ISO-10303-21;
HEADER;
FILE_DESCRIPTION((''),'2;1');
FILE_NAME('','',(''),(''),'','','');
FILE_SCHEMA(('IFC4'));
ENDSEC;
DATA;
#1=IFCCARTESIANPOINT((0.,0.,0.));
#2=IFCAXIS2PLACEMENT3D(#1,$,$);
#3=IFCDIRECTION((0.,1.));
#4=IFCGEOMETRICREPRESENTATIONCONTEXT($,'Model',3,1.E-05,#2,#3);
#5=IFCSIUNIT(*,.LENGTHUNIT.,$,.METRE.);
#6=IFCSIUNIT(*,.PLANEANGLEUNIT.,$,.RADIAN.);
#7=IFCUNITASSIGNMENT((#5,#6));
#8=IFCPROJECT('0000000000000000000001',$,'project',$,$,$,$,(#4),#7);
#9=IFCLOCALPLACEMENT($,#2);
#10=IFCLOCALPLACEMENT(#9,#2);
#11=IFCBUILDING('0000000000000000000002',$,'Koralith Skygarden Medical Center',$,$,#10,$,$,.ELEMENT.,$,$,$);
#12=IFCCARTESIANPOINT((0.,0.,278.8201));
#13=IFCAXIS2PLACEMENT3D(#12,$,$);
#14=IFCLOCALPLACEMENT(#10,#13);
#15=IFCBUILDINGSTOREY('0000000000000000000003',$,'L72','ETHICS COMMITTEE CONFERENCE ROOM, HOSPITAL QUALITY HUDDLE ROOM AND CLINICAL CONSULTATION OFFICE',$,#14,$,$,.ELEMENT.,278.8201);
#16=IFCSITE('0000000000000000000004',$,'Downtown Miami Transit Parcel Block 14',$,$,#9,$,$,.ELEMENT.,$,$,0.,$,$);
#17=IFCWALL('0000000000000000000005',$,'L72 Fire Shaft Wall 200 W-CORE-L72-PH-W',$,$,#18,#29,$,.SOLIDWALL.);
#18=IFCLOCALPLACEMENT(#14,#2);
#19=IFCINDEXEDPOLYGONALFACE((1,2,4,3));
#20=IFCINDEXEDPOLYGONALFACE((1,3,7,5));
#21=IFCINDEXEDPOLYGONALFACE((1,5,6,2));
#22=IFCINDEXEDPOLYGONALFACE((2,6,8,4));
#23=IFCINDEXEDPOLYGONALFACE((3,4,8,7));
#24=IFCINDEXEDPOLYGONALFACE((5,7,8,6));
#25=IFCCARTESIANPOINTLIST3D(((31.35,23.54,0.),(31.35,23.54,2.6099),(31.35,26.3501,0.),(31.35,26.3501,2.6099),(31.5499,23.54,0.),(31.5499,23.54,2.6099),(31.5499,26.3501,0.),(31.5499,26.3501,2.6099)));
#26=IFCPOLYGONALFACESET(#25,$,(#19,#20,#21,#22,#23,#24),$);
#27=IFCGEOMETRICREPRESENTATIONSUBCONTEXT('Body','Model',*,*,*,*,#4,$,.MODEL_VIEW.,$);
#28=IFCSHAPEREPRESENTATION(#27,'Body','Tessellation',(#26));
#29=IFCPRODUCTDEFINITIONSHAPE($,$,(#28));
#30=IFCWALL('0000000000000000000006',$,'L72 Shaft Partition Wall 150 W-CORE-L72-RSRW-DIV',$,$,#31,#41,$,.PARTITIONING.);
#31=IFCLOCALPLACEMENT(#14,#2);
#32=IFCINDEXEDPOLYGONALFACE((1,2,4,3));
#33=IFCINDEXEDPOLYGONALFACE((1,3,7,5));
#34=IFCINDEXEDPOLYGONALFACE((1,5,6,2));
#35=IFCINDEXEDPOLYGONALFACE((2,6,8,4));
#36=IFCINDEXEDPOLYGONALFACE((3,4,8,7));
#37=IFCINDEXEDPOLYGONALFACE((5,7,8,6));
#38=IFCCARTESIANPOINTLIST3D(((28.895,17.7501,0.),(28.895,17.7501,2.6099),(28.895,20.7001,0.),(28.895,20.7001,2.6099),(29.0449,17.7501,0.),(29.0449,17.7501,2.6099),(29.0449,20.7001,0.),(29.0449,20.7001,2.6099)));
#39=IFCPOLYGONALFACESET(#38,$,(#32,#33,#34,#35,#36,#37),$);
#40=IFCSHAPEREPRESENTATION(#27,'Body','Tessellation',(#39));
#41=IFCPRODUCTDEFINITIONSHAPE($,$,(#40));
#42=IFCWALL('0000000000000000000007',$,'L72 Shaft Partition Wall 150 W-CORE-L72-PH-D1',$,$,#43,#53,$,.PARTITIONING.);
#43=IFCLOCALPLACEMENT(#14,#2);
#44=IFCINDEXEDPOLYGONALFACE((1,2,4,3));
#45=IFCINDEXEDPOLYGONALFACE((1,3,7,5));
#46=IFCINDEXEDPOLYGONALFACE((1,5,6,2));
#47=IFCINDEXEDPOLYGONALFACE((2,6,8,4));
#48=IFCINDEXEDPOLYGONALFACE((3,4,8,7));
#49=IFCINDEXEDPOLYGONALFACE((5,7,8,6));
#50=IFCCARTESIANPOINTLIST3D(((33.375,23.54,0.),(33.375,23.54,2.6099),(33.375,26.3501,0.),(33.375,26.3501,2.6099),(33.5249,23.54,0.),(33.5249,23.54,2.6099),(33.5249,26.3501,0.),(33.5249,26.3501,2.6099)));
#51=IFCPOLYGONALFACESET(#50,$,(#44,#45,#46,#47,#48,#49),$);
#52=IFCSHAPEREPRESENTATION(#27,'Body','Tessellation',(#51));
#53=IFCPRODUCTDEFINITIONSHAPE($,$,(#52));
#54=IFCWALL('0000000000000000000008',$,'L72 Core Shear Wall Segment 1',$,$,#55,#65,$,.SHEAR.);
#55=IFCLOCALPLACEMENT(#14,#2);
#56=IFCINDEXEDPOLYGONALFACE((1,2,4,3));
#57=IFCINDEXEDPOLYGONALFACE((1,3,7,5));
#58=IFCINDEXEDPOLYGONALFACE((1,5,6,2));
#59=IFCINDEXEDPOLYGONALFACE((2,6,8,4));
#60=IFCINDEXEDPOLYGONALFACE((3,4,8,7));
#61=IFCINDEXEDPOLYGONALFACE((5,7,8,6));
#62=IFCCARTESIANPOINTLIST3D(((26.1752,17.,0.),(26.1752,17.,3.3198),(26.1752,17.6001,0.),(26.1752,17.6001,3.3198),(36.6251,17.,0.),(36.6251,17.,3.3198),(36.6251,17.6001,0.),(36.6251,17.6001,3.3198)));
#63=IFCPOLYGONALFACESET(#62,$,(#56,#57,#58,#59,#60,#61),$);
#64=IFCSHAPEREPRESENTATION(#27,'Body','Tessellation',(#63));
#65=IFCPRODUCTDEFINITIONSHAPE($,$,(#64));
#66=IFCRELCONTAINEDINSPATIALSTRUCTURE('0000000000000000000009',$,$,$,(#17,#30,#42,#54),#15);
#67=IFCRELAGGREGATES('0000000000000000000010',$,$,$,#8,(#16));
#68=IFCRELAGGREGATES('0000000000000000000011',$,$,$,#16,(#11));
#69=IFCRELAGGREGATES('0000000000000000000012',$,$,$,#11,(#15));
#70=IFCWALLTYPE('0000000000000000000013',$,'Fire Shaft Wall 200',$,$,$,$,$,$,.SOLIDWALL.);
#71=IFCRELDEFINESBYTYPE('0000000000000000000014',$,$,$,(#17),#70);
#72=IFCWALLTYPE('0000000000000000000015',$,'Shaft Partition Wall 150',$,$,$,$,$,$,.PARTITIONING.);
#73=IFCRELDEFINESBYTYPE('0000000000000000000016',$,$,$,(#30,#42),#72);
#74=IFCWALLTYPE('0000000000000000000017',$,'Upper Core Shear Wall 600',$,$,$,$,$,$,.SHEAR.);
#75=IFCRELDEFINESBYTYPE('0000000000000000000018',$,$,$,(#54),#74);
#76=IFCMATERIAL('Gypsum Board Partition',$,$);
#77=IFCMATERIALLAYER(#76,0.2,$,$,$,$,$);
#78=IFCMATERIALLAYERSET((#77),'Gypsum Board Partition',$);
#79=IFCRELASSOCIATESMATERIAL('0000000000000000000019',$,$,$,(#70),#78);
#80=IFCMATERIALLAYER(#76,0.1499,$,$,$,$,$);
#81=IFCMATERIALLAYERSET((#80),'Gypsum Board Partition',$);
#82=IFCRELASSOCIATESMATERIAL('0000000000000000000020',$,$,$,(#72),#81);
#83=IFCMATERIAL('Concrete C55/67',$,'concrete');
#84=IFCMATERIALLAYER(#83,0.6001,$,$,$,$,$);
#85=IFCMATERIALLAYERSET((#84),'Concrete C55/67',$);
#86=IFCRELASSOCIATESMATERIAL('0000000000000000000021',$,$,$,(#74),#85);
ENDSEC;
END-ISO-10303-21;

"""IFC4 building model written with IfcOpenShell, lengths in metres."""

from ifc_helpers import new_model, si_unit, direction, frame, frame_2d, origin, place, context, subcontext, project, spatial, rectangle, extrude, material, layer, layer_set, type_object, element, save


model = new_model("IFC4")

# Units and contexts
model_context = context("Model", 3, precision=1e-05, world=origin(), true_north=direction((0.0, 1.0)))
body_context = subcontext(model_context, "Body", "Model", "MODEL_VIEW")
ifc_project = project(units=[si_unit("LENGTHUNIT", "METRE"), si_unit("PLANEANGLEUNIT", "RADIAN")], contexts=[model_context])

# Site, building, storey
site_placement = place(None, origin())
site = spatial("IfcSite", under=ifc_project, at=site_placement, Name="Downtown Miami Transit Parcel Block 14", CompositionType="ELEMENT", RefElevation=0.0)
building_placement = place(site_placement, origin())
building = spatial("IfcBuilding", under=site, at=building_placement, Name="Koralith Skygarden Medical Center", CompositionType="ELEMENT")
storey_placement = place(building_placement, frame((0.0, 0.0, 278.8201)))
storey = spatial("IfcBuildingStorey", under=building, at=storey_placement, Name="L72", Description="ETHICS COMMITTEE CONFERENCE ROOM, HOSPITAL QUALITY HUDDLE ROOM AND CLINICAL CONSULTATION OFFICE", CompositionType="ELEMENT", Elevation=278.8201)

# Shared definitions
ifc_material_1 = material(Name="Concrete C55/67", Category="concrete")

# Shared definitions
ifc_material_2 = material(Name="Gypsum Board Partition")

# Shared definitions
ifc_layer_1 = layer(ifc_material_2, 0.2)
ifc_layer_set_1 = layer_set([ifc_layer_1], Name="Gypsum Board Partition")
wall_type_1 = type_object("IfcWallType", Name="Fire Shaft Wall 200", PredefinedType="SOLIDWALL", material=ifc_layer_set_1)

# Walls
wall_1_placement = place(storey_placement, frame((31.45, 23.54, 0.0), z_axis=(0.0, 0.0, 1.0), x_axis=(0.0, 1.0, 0.0)))
element("IfcWall", 1, at=wall_1_placement, inside=storey, type_object=wall_type_1, Name="L72 Fire Shaft Wall 200 W-CORE-L72-PH-W", PredefinedType="SOLIDWALL", context=body_context, shape_type="SweptSolid", body=[
    extrude(rectangle(XDim=2.8101, YDim=0.2, at=frame_2d((1.405, 0.0))), origin(), (0.0, 0.0, 1.0), 2.6099),
])
ifc_layer_2 = layer(ifc_material_2, 0.1499)
ifc_layer_set_2 = layer_set([ifc_layer_2], Name="Gypsum Board Partition")
wall_type_2 = type_object("IfcWallType", Name="Shaft Partition Wall 150", PredefinedType="PARTITIONING", material=ifc_layer_set_2)
wall_2_placement = place(storey_placement, frame((28.97, 17.75, 0.0), z_axis=(0.0, 0.0, 1.0), x_axis=(0.0, 1.0, 0.0)))
element("IfcWall", 2, at=wall_2_placement, inside=storey, type_object=wall_type_2, Name="L72 Shaft Partition Wall 150 W-CORE-L72-RSRW-DIV", PredefinedType="PARTITIONING", context=body_context, shape_type="SweptSolid", body=[
    extrude(rectangle(XDim=2.95, YDim=0.1499, at=frame_2d((1.4751, 0.0))), origin(), (0.0, 0.0, 1.0), 2.6099),
])
wall_3_placement = place(storey_placement, frame((33.45, 23.54, 0.0), z_axis=(0.0, 0.0, 1.0), x_axis=(0.0, 1.0, 0.0)))
element("IfcWall", 3, at=wall_3_placement, inside=storey, type_object=wall_type_2, Name="L72 Shaft Partition Wall 150 W-CORE-L72-PH-D1", PredefinedType="PARTITIONING", context=body_context, shape_type="SweptSolid", body=[
    extrude(rectangle(XDim=2.8101, YDim=0.1499, at=frame_2d((1.405, 0.0))), origin(), (0.0, 0.0, 1.0), 2.6099),
])
ifc_layer_3 = layer(ifc_material_1, 0.6001)
ifc_layer_set_3 = layer_set([ifc_layer_3], Name="Concrete C55/67")
wall_type_3 = type_object("IfcWallType", Name="Upper Core Shear Wall 600", PredefinedType="SHEAR", material=ifc_layer_set_3)
wall_4_placement = place(storey_placement, frame((26.175, 17.3, 0.0), z_axis=(0.0, 0.0, 1.0), x_axis=(1.0, 0.0, 0.0)))
element("IfcWall", 4, at=wall_4_placement, inside=storey, type_object=wall_type_3, Name="L72 Core Shear Wall Segment 1", PredefinedType="SHEAR", context=body_context, shape_type="SweptSolid", body=[
    extrude(rectangle(XDim=10.45, YDim=0.6001, at=frame_2d((5.2251, 0.0))), origin(), (0.0, 0.0, 1.0), 3.3198),
])

save(model, "model.ifc")
